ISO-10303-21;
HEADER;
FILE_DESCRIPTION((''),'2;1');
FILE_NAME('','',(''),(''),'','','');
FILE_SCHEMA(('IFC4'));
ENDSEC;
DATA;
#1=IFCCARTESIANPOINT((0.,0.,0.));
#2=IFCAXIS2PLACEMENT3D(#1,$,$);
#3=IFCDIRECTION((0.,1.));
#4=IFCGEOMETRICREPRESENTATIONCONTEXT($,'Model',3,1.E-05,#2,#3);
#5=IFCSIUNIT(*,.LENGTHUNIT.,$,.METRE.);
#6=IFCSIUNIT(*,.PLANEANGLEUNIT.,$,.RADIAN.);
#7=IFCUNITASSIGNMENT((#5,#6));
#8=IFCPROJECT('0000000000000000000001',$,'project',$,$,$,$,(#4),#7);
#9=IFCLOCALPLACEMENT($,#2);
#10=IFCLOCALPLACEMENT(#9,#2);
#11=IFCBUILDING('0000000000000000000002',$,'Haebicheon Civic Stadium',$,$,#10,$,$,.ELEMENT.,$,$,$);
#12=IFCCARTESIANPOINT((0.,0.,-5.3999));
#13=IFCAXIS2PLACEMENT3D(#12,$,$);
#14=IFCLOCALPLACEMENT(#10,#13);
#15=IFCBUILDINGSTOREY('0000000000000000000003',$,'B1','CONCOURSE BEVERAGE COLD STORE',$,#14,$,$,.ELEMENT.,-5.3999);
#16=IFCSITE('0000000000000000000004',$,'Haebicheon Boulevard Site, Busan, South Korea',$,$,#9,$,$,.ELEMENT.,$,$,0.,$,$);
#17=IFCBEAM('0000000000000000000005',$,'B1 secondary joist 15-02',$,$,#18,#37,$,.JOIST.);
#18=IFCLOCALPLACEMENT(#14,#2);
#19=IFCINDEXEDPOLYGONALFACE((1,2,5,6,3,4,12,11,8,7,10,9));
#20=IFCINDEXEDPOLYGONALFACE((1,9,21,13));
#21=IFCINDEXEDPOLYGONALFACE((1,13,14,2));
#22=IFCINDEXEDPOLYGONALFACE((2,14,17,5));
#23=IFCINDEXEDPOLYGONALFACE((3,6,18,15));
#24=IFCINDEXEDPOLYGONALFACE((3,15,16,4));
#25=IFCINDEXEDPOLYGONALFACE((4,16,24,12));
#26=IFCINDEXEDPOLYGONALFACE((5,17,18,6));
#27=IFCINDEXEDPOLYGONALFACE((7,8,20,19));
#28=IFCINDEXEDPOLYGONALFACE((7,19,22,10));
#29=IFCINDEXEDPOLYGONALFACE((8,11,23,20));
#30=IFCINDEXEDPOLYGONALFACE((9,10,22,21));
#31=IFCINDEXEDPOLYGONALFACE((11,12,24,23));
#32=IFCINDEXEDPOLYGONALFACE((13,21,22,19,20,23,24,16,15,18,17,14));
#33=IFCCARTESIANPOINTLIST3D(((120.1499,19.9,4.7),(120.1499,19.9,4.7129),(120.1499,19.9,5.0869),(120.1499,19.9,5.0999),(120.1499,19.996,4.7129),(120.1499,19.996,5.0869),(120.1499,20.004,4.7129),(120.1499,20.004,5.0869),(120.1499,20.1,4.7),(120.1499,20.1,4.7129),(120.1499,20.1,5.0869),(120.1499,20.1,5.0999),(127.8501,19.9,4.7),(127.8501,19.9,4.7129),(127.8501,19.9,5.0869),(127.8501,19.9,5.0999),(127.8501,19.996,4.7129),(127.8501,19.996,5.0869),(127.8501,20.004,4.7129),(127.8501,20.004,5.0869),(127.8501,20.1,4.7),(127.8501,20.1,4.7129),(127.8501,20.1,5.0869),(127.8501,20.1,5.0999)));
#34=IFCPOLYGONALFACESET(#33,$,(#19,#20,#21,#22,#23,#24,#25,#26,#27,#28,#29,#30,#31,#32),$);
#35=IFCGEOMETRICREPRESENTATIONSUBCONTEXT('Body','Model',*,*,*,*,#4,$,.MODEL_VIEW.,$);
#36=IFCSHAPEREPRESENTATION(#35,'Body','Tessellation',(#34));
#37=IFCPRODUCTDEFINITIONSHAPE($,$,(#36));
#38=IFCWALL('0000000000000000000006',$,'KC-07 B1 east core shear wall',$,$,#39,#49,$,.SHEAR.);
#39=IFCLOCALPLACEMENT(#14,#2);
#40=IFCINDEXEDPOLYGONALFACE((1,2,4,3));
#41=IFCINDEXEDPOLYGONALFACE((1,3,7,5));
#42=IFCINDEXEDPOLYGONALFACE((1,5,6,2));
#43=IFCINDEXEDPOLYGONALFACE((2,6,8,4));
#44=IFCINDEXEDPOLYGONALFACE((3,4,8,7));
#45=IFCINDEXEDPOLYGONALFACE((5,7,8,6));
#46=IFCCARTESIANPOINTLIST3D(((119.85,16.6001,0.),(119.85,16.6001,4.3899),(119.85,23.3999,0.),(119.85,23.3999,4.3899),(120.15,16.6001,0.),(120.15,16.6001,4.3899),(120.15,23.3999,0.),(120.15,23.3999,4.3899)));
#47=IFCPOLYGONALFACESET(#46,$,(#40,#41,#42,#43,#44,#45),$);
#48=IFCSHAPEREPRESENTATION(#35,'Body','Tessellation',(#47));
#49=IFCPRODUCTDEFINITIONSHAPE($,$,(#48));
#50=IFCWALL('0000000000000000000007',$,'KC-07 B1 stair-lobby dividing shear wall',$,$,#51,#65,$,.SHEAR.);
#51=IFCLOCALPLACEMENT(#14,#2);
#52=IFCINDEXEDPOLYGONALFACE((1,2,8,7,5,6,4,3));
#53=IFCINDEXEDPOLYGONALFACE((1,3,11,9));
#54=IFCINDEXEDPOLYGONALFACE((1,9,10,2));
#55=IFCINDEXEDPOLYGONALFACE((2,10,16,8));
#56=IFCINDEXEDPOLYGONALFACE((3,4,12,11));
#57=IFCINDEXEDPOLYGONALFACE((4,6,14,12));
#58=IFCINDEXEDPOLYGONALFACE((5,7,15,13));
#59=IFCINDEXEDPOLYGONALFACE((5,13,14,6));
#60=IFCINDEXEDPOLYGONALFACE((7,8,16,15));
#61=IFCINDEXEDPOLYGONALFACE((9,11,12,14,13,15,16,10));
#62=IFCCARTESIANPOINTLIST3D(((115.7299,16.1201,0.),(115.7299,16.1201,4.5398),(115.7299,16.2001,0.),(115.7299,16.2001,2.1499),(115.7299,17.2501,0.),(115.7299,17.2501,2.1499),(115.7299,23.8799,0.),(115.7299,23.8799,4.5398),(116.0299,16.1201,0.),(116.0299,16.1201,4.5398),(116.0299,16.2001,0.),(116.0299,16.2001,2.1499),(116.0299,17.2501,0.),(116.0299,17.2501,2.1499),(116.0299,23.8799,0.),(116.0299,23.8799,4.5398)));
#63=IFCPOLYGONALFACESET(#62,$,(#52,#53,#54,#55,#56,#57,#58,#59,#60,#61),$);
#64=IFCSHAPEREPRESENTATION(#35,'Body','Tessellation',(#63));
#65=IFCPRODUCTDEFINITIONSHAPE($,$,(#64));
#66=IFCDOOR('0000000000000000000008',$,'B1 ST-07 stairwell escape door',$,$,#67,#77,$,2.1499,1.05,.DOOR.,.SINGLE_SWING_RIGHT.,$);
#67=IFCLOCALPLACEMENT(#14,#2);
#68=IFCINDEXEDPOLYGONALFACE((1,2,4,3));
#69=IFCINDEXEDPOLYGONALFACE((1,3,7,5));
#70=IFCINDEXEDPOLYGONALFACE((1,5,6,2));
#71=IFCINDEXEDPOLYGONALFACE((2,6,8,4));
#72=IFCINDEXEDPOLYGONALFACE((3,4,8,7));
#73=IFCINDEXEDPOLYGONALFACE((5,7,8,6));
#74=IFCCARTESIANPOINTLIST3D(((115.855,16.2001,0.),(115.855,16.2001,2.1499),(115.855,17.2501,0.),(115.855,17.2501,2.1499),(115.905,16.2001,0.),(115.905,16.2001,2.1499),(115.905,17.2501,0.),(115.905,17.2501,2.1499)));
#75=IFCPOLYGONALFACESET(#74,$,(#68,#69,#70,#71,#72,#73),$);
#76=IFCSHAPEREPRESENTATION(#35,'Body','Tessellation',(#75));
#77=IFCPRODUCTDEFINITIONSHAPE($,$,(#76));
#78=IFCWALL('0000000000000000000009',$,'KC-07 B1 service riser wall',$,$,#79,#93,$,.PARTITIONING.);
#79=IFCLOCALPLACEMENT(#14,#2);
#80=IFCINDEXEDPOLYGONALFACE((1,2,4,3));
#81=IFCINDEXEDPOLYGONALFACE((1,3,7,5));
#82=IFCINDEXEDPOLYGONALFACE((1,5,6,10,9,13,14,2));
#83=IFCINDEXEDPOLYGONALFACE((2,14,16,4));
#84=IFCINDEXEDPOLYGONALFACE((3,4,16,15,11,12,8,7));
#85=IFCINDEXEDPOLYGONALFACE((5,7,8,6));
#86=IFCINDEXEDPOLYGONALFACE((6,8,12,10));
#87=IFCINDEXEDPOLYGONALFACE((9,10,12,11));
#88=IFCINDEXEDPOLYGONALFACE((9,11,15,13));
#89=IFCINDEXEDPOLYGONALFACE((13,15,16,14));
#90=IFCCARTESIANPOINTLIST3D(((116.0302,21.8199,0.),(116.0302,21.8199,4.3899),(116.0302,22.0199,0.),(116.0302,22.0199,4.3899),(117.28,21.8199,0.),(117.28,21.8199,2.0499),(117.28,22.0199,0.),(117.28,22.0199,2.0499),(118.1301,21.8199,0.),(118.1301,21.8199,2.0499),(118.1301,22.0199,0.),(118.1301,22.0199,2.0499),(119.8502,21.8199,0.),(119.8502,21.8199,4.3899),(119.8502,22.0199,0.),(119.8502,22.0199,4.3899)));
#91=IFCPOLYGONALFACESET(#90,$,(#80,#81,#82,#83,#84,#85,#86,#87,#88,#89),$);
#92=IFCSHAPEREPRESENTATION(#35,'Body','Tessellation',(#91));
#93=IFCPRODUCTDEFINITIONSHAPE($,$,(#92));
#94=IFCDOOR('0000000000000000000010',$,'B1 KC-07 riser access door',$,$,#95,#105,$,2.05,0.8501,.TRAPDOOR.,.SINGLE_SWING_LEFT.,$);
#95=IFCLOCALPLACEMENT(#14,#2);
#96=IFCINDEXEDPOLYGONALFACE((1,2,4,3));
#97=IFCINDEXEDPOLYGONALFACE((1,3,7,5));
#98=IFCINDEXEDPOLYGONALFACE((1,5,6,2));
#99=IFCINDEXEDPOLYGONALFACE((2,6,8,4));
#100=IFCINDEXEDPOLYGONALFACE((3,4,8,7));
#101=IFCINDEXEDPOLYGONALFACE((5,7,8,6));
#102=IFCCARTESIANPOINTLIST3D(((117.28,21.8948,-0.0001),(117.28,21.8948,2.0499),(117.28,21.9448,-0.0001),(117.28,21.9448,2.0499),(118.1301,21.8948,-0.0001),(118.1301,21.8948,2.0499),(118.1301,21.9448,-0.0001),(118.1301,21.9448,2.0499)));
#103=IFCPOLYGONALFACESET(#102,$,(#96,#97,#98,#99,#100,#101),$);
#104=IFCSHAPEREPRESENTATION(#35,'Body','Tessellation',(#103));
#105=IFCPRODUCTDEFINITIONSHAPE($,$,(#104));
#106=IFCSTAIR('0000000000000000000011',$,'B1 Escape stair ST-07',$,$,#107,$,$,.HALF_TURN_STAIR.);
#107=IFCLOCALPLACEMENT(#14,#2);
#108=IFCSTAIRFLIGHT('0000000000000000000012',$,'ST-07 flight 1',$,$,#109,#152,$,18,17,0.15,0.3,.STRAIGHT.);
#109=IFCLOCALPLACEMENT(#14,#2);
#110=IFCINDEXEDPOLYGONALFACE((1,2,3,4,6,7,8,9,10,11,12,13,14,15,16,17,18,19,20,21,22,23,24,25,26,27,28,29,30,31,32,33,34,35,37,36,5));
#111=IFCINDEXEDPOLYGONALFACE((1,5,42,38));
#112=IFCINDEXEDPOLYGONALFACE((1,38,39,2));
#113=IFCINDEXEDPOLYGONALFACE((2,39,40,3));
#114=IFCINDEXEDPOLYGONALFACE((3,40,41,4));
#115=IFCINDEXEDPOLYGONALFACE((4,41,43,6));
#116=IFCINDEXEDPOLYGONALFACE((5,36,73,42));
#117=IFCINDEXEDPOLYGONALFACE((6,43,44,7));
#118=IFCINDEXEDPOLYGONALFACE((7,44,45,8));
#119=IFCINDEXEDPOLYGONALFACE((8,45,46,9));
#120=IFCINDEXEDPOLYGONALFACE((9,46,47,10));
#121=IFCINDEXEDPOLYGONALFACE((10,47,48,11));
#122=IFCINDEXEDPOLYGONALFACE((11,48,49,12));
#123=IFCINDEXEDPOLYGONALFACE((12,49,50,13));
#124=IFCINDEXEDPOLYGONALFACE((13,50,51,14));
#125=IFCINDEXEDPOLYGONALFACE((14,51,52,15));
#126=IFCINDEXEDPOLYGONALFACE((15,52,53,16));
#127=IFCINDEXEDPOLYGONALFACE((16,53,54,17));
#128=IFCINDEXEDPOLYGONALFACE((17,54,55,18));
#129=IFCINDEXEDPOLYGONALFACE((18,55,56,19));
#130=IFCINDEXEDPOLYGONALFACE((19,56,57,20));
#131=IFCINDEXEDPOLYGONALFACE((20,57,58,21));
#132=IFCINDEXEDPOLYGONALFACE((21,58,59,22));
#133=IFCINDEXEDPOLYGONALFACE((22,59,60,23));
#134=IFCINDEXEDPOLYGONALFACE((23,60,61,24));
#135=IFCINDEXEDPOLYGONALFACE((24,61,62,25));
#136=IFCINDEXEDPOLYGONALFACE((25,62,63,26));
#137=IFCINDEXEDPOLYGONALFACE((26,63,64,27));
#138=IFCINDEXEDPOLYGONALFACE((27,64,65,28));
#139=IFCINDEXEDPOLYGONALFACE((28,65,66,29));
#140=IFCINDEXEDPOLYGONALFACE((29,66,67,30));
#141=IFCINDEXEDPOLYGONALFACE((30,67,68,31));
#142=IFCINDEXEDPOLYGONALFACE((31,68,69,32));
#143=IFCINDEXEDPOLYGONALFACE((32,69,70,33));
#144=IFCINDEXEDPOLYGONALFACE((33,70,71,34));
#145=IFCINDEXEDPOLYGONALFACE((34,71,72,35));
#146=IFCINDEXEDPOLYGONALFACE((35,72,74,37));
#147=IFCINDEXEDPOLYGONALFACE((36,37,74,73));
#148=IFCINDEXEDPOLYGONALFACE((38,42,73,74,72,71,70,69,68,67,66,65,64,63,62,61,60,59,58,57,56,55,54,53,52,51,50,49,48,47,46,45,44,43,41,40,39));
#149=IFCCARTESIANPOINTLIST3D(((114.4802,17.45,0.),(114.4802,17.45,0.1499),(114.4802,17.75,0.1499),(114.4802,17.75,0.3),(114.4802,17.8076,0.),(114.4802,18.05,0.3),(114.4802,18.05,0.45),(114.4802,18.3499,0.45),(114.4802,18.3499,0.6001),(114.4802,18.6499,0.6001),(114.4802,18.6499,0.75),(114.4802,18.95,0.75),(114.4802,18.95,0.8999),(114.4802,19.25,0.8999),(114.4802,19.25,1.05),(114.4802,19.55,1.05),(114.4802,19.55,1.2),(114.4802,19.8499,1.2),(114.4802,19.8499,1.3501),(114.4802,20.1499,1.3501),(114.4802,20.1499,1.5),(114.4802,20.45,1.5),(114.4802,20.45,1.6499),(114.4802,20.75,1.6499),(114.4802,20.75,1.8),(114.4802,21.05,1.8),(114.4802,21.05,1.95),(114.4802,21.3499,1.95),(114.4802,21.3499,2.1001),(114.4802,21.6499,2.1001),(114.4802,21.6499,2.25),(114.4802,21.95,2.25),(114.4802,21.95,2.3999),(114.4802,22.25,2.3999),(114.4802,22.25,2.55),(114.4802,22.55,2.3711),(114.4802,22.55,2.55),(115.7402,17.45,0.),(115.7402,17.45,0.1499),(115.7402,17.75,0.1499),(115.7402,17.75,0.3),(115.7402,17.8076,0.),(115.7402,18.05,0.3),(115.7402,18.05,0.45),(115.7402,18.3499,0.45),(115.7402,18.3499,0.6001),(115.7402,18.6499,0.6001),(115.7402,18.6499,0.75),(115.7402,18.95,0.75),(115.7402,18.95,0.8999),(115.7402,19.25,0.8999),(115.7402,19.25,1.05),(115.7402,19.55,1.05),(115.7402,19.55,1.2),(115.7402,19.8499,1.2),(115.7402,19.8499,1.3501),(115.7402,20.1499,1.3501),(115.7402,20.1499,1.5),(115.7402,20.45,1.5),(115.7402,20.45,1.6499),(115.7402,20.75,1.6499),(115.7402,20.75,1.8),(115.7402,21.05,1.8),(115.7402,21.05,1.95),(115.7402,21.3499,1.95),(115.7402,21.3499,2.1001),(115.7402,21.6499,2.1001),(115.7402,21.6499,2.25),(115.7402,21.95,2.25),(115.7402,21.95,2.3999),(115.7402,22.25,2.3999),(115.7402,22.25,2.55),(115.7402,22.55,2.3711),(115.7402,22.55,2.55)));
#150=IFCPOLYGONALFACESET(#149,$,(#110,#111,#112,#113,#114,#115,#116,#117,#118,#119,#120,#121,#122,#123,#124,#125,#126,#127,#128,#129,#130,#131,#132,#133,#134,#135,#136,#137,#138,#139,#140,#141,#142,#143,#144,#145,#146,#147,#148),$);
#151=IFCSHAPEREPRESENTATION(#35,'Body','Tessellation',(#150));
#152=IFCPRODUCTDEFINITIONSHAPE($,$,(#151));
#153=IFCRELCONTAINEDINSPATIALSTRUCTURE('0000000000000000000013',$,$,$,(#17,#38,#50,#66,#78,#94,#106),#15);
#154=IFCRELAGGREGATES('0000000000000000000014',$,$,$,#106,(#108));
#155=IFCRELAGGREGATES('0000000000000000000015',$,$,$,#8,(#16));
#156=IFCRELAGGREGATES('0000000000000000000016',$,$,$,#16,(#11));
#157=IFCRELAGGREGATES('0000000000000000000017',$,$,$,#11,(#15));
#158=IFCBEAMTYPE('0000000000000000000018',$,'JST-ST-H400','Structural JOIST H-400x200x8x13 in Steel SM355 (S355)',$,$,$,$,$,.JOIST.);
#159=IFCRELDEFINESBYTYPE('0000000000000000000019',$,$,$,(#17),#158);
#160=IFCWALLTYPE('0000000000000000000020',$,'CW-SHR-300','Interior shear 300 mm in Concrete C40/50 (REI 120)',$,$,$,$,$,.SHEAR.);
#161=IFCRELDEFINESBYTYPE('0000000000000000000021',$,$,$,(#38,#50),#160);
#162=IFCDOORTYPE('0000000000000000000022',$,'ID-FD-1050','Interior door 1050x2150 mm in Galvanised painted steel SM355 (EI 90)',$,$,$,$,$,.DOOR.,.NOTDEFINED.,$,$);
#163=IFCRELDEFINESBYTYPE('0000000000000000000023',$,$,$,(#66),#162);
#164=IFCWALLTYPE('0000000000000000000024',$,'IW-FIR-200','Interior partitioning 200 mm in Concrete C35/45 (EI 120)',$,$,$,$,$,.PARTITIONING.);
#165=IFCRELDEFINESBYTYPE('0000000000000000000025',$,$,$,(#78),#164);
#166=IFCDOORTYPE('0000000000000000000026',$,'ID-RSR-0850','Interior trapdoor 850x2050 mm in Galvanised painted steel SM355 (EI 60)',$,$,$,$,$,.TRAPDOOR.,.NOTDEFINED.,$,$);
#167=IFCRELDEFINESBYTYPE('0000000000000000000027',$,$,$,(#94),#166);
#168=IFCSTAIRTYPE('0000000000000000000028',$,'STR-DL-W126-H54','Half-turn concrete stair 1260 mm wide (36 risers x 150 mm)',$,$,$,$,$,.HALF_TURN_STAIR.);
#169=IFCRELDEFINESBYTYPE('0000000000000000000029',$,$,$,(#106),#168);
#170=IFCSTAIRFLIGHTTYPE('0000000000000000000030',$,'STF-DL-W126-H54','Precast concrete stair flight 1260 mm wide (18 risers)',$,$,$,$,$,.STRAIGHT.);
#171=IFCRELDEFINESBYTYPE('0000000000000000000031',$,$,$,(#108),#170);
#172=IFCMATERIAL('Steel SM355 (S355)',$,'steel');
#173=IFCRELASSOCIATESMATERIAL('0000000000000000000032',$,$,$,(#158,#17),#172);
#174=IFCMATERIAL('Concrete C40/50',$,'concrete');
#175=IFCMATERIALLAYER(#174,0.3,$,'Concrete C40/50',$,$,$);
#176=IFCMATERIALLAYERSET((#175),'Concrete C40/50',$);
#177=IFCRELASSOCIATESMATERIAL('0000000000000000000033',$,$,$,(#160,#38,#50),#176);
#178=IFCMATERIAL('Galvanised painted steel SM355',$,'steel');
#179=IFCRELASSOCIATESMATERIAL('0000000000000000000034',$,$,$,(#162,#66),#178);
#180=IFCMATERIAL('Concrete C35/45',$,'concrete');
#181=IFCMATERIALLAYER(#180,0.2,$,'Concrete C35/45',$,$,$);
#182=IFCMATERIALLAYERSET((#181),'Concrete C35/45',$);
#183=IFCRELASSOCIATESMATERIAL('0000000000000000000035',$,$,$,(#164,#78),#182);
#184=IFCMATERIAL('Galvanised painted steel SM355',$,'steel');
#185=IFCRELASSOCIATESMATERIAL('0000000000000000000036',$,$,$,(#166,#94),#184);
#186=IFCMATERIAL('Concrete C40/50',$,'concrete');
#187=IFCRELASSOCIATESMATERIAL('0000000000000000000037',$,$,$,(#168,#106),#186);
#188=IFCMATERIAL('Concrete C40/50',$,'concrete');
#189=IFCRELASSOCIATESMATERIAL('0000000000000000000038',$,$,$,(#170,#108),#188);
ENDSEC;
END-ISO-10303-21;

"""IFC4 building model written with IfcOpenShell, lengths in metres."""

from ifc_helpers import new_model, si_unit, direction, frame, frame_2d, origin, origin_2d, place, context, subcontext, project, spatial, polyline, rectangle, i_section, outline, extrude, material, layer, layer_set, material_profile, profile_set, type_object, element, fill, aggregate, save


model = new_model("IFC4")

# Units and contexts
model_context = context("Model", 3, precision=1e-05, world=origin(), true_north=direction((0.0, 1.0)))
body_context = subcontext(model_context, "Body", "Model", "MODEL_VIEW")
ifc_project = project(units=[si_unit("LENGTHUNIT", "METRE"), si_unit("PLANEANGLEUNIT", "RADIAN")], contexts=[model_context])

# Site, building, storey
site_placement = place(None, origin())
site = spatial("IfcSite", under=ifc_project, at=site_placement, Name="Haebicheon Boulevard Site, Busan, South Korea", CompositionType="ELEMENT", RefElevation=0.0)
building_placement = place(site_placement, origin())
building = spatial("IfcBuilding", under=site, at=building_placement, Name="Haebicheon Civic Stadium", CompositionType="ELEMENT")
storey_placement = place(building_placement, frame((0.0, 0.0, -5.3999)))
storey = spatial("IfcBuildingStorey", under=building, at=storey_placement, Name="B1", Description="CONCOURSE BEVERAGE COLD STORE", CompositionType="ELEMENT", Elevation=-5.3999)

# Beam
ifc_material_1 = material(Name="Steel SM355 (S355)", Category="steel")
ifc_material_profile_1 = material_profile(ifc_material_1, i_section(OverallWidth=0.2, OverallDepth=0.3999, WebThickness=0.0081, FlangeThickness=0.0129, at=origin_2d()), Name="H-400x200x8x13")
ifc_profile_set_1 = profile_set([ifc_material_profile_1], Name="Steel SM355 (S355)")
beam_type_1 = type_object("IfcBeamType", Name="JST-ST-H400", Description="Structural JOIST H-400x200x8x13 in Steel SM355 (S355)", PredefinedType="JOIST", material=ifc_profile_set_1)
beam_1_placement = place(storey_placement, frame((120.1499, 20.0, 4.8999), z_axis=(1.0, 0.0, 0.0), x_axis=(0.0, 1.0, 0.0)))
element("IfcBeam", 1, at=beam_1_placement, inside=storey, type_object=beam_type_1, material=ifc_profile_set_1, Name="B1 secondary joist 15-02", PredefinedType="JOIST", context=body_context, shape_type="SweptSolid", body=[
    extrude(i_section(OverallWidth=0.2, OverallDepth=0.3999, WebThickness=0.0081, FlangeThickness=0.0129, at=origin_2d()), origin(), (0.0, 0.0, 1.0), 7.7002),
])

# Wall
ifc_material_2 = material(Name="Concrete C40/50", Category="concrete")
ifc_layer_1 = layer(ifc_material_2, 0.3, Name="Concrete C40/50")
ifc_layer_set_1 = layer_set([ifc_layer_1], Name="Concrete C40/50")
wall_type_1 = type_object("IfcWallType", Name="CW-SHR-300", Description="Interior shear 300 mm in Concrete C40/50 (REI 120)", PredefinedType="SHEAR", material=ifc_layer_set_1)
wall_1_placement = place(storey_placement, frame((120.0, 16.6001, 0.0), z_axis=(0.0, 0.0, 1.0), x_axis=(0.0, 1.0, 0.0)))
element("IfcWall", 2, at=wall_1_placement, inside=storey, type_object=wall_type_1, material=ifc_layer_set_1, Name="KC-07 B1 east core shear wall", PredefinedType="SHEAR", context=body_context, shape_type="SweptSolid", body=[
    extrude(rectangle(XDim=6.7998, YDim=0.3, at=frame_2d((3.3999, 0.0))), origin(), (0.0, 0.0, 1.0), 4.3899),
])

# Walls, openings, doors
wall_2_placement = place(storey_placement, frame((115.8799, 16.1201, 0.0), z_axis=(0.0, 0.0, 1.0), x_axis=(0.0, 1.0, 0.0)))
wall_2 = element("IfcWall", 3, at=wall_2_placement, inside=storey, type_object=wall_type_1, material=ifc_layer_set_1, Name="KC-07 B1 stair-lobby dividing shear wall", PredefinedType="SHEAR", context=body_context, shape_type="SweptSolid", body=[
    extrude(rectangle(XDim=7.7598, YDim=0.3, at=frame_2d((3.8799, 0.0))), origin(), (0.0, 0.0, 1.0), 4.5398),
])
opening_1_placement = place(wall_2_placement, frame((0.0801, 0.0, 0.0)))
opening_1 = element("IfcOpeningElement", 4, at=opening_1_placement, cuts=wall_2, PredefinedType="OPENING", context=body_context, shape_type="SweptSolid", body=[
    extrude(rectangle(XDim=1.05, YDim=2.1499, at=frame_2d((0.5249, 1.075))), frame((0.0, 0.1599, 0.0), z_axis=(0.0, -1.0, 0.0), x_axis=(1.0, 0.0, 0.0)), (0.0, 0.0, 1.0), 0.3201),
])
ifc_material_3 = material(Name="Galvanised painted steel SM355", Category="steel")
door_type_1 = type_object("IfcDoorType", Name="ID-FD-1050", Description="Interior door 1050x2150 mm in Galvanised painted steel SM355 (EI 90)", OperationType="NOTDEFINED", PredefinedType="DOOR", material=ifc_material_3)
door_1_placement = place(opening_1_placement, origin())
door_1 = element("IfcDoor", 5, at=door_1_placement, inside=storey, type_object=door_type_1, material=ifc_material_3, Name="B1 ST-07 stairwell escape door", OperationType="SINGLE_SWING_RIGHT", OverallHeight=2.1499, OverallWidth=1.05, PredefinedType="DOOR", context=body_context, shape_type="SweptSolid", body=[
    extrude(rectangle(XDim=1.05, YDim=2.1499, at=frame_2d((0.5249, 1.075))), frame((0.0, 0.0249, 0.0), z_axis=(0.0, -1.0, 0.0), x_axis=(1.0, 0.0, 0.0)), (0.0, 0.0, 1.0), 0.05),
])
fill(opening_1, door_1)
ifc_material_4 = material(Name="Concrete C35/45", Category="concrete")
ifc_layer_2 = layer(ifc_material_4, 0.2, Name="Concrete C35/45")
ifc_layer_set_2 = layer_set([ifc_layer_2], Name="Concrete C35/45")
wall_type_2 = type_object("IfcWallType", Name="IW-FIR-200", Description="Interior partitioning 200 mm in Concrete C35/45 (EI 120)", PredefinedType="PARTITIONING", material=ifc_layer_set_2)
wall_3_placement = place(storey_placement, frame((116.03, 21.9199, 0.0), z_axis=(0.0, 0.0, 1.0), x_axis=(1.0, 0.0, 0.0)))
wall_3 = element("IfcWall", 6, at=wall_3_placement, inside=storey, type_object=wall_type_2, material=ifc_layer_set_2, Name="KC-07 B1 service riser wall", PredefinedType="PARTITIONING", context=body_context, shape_type="SweptSolid", body=[
    extrude(rectangle(XDim=3.8201, YDim=0.2, at=frame_2d((1.9102, 0.0))), origin(), (0.0, 0.0, 1.0), 4.3899),
])
opening_2_placement = place(wall_3_placement, frame((1.25, 0.0, 0.0)))
opening_2 = element("IfcOpeningElement", 7, at=opening_2_placement, cuts=wall_3, PredefinedType="OPENING", context=body_context, shape_type="SweptSolid", body=[
    extrude(rectangle(XDim=0.8501, YDim=2.05, at=frame_2d((0.425, 1.0249))), frame((0.0, 0.1099, 0.0), z_axis=(0.0, -1.0, 0.0), x_axis=(1.0, 0.0, 0.0)), (0.0, 0.0, 1.0), 0.22),
])
ifc_material_5 = material(Name="Galvanised painted steel SM355", Category="steel")
door_type_2 = type_object("IfcDoorType", Name="ID-RSR-0850", Description="Interior trapdoor 850x2050 mm in Galvanised painted steel SM355 (EI 60)", OperationType="NOTDEFINED", PredefinedType="TRAPDOOR", material=ifc_material_5)
door_2_placement = place(opening_2_placement, origin())
door_2 = element("IfcDoor", 8, at=door_2_placement, inside=storey, type_object=door_type_2, material=ifc_material_5, Name="B1 KC-07 riser access door", OperationType="SINGLE_SWING_LEFT", OverallHeight=2.05, OverallWidth=0.8501, PredefinedType="TRAPDOOR", context=body_context, shape_type="SweptSolid", body=[
    extrude(rectangle(XDim=0.8501, YDim=2.05, at=frame_2d((0.425, 1.0249))), frame((0.0, 0.0249, 0.0), z_axis=(0.0, -1.0, 0.0), x_axis=(1.0, 0.0, 0.0)), (0.0, 0.0, 1.0), 0.05),
])
fill(opening_2, door_2)

# Stair, stair flight
ifc_material_6 = material(Name="Concrete C40/50", Category="concrete")
stair_type = type_object("IfcStairType", Name="STR-DL-W126-H54", Description="Half-turn concrete stair 1260 mm wide (36 risers x 150 mm)", PredefinedType="HALF_TURN_STAIR", material=ifc_material_6)
stair_placement = place(storey_placement, origin())
stair = element("IfcStair", 9, at=stair_placement, inside=storey, type_object=stair_type, material=ifc_material_6, Name="B1 Escape stair ST-07", PredefinedType="HALF_TURN_STAIR")
ifc_material_7 = material(Name="Concrete C40/50", Category="concrete")
stair_flight_type = type_object("IfcStairFlightType", Name="STF-DL-W126-H54", Description="Precast concrete stair flight 1260 mm wide (18 risers)", PredefinedType="STRAIGHT", material=ifc_material_7)
stair_flight_placement = place(storey_placement, frame((115.1101, 17.45, 0.0), z_axis=(0.0, 0.0, 1.0), x_axis=(0.0, 1.0, 0.0)))
stair_flight = element("IfcStairFlight", 10, at=stair_flight_placement, type_object=stair_flight_type, material=ifc_material_7, Name="ST-07 flight 1", NumberOfRisers=18, NumberOfTreads=17, PredefinedType="STRAIGHT", RiserHeight=0.15, TreadLength=0.3, context=body_context, shape_type="SweptSolid", body=[
    extrude(outline(polyline([(0.0, 0.0), (0.0, 0.1499), (0.3, 0.1499), (0.3, 0.3), (0.6001, 0.3), (0.6001, 0.45), (0.8999, 0.45), (0.8999, 0.6001), (1.2, 0.6001), (1.2, 0.75), (1.5, 0.75), (1.5, 0.8999), (1.8, 0.8999), (1.8, 1.05), (2.1001, 1.05), (2.1001, 1.2), (2.3999, 1.2), (2.3999, 1.3501), (2.7, 1.3501), (2.7, 1.5), (3.0, 1.5), (3.0, 1.6499), (3.3, 1.6499), (3.3, 1.8), (3.6001, 1.8), (3.6001, 1.95), (3.8999, 1.95), (3.8999, 2.1001), (4.2, 2.1001), (4.2, 2.25), (4.5, 2.25), (4.5, 2.3999), (4.8, 2.3999), (4.8, 2.55), (5.1001, 2.55), (5.1001, 2.7), (5.1001, 2.3711), (0.3577, 0.0), (0.0, 0.0)])), frame((0.0, 0.6299, 0.0), z_axis=(0.0, -1.0, 0.0), x_axis=(1.0, 0.0, 0.0)), (0.0, 0.0, 1.0), 1.26),
])
aggregate(stair, [stair_flight])

save(model, "model.ifc")
